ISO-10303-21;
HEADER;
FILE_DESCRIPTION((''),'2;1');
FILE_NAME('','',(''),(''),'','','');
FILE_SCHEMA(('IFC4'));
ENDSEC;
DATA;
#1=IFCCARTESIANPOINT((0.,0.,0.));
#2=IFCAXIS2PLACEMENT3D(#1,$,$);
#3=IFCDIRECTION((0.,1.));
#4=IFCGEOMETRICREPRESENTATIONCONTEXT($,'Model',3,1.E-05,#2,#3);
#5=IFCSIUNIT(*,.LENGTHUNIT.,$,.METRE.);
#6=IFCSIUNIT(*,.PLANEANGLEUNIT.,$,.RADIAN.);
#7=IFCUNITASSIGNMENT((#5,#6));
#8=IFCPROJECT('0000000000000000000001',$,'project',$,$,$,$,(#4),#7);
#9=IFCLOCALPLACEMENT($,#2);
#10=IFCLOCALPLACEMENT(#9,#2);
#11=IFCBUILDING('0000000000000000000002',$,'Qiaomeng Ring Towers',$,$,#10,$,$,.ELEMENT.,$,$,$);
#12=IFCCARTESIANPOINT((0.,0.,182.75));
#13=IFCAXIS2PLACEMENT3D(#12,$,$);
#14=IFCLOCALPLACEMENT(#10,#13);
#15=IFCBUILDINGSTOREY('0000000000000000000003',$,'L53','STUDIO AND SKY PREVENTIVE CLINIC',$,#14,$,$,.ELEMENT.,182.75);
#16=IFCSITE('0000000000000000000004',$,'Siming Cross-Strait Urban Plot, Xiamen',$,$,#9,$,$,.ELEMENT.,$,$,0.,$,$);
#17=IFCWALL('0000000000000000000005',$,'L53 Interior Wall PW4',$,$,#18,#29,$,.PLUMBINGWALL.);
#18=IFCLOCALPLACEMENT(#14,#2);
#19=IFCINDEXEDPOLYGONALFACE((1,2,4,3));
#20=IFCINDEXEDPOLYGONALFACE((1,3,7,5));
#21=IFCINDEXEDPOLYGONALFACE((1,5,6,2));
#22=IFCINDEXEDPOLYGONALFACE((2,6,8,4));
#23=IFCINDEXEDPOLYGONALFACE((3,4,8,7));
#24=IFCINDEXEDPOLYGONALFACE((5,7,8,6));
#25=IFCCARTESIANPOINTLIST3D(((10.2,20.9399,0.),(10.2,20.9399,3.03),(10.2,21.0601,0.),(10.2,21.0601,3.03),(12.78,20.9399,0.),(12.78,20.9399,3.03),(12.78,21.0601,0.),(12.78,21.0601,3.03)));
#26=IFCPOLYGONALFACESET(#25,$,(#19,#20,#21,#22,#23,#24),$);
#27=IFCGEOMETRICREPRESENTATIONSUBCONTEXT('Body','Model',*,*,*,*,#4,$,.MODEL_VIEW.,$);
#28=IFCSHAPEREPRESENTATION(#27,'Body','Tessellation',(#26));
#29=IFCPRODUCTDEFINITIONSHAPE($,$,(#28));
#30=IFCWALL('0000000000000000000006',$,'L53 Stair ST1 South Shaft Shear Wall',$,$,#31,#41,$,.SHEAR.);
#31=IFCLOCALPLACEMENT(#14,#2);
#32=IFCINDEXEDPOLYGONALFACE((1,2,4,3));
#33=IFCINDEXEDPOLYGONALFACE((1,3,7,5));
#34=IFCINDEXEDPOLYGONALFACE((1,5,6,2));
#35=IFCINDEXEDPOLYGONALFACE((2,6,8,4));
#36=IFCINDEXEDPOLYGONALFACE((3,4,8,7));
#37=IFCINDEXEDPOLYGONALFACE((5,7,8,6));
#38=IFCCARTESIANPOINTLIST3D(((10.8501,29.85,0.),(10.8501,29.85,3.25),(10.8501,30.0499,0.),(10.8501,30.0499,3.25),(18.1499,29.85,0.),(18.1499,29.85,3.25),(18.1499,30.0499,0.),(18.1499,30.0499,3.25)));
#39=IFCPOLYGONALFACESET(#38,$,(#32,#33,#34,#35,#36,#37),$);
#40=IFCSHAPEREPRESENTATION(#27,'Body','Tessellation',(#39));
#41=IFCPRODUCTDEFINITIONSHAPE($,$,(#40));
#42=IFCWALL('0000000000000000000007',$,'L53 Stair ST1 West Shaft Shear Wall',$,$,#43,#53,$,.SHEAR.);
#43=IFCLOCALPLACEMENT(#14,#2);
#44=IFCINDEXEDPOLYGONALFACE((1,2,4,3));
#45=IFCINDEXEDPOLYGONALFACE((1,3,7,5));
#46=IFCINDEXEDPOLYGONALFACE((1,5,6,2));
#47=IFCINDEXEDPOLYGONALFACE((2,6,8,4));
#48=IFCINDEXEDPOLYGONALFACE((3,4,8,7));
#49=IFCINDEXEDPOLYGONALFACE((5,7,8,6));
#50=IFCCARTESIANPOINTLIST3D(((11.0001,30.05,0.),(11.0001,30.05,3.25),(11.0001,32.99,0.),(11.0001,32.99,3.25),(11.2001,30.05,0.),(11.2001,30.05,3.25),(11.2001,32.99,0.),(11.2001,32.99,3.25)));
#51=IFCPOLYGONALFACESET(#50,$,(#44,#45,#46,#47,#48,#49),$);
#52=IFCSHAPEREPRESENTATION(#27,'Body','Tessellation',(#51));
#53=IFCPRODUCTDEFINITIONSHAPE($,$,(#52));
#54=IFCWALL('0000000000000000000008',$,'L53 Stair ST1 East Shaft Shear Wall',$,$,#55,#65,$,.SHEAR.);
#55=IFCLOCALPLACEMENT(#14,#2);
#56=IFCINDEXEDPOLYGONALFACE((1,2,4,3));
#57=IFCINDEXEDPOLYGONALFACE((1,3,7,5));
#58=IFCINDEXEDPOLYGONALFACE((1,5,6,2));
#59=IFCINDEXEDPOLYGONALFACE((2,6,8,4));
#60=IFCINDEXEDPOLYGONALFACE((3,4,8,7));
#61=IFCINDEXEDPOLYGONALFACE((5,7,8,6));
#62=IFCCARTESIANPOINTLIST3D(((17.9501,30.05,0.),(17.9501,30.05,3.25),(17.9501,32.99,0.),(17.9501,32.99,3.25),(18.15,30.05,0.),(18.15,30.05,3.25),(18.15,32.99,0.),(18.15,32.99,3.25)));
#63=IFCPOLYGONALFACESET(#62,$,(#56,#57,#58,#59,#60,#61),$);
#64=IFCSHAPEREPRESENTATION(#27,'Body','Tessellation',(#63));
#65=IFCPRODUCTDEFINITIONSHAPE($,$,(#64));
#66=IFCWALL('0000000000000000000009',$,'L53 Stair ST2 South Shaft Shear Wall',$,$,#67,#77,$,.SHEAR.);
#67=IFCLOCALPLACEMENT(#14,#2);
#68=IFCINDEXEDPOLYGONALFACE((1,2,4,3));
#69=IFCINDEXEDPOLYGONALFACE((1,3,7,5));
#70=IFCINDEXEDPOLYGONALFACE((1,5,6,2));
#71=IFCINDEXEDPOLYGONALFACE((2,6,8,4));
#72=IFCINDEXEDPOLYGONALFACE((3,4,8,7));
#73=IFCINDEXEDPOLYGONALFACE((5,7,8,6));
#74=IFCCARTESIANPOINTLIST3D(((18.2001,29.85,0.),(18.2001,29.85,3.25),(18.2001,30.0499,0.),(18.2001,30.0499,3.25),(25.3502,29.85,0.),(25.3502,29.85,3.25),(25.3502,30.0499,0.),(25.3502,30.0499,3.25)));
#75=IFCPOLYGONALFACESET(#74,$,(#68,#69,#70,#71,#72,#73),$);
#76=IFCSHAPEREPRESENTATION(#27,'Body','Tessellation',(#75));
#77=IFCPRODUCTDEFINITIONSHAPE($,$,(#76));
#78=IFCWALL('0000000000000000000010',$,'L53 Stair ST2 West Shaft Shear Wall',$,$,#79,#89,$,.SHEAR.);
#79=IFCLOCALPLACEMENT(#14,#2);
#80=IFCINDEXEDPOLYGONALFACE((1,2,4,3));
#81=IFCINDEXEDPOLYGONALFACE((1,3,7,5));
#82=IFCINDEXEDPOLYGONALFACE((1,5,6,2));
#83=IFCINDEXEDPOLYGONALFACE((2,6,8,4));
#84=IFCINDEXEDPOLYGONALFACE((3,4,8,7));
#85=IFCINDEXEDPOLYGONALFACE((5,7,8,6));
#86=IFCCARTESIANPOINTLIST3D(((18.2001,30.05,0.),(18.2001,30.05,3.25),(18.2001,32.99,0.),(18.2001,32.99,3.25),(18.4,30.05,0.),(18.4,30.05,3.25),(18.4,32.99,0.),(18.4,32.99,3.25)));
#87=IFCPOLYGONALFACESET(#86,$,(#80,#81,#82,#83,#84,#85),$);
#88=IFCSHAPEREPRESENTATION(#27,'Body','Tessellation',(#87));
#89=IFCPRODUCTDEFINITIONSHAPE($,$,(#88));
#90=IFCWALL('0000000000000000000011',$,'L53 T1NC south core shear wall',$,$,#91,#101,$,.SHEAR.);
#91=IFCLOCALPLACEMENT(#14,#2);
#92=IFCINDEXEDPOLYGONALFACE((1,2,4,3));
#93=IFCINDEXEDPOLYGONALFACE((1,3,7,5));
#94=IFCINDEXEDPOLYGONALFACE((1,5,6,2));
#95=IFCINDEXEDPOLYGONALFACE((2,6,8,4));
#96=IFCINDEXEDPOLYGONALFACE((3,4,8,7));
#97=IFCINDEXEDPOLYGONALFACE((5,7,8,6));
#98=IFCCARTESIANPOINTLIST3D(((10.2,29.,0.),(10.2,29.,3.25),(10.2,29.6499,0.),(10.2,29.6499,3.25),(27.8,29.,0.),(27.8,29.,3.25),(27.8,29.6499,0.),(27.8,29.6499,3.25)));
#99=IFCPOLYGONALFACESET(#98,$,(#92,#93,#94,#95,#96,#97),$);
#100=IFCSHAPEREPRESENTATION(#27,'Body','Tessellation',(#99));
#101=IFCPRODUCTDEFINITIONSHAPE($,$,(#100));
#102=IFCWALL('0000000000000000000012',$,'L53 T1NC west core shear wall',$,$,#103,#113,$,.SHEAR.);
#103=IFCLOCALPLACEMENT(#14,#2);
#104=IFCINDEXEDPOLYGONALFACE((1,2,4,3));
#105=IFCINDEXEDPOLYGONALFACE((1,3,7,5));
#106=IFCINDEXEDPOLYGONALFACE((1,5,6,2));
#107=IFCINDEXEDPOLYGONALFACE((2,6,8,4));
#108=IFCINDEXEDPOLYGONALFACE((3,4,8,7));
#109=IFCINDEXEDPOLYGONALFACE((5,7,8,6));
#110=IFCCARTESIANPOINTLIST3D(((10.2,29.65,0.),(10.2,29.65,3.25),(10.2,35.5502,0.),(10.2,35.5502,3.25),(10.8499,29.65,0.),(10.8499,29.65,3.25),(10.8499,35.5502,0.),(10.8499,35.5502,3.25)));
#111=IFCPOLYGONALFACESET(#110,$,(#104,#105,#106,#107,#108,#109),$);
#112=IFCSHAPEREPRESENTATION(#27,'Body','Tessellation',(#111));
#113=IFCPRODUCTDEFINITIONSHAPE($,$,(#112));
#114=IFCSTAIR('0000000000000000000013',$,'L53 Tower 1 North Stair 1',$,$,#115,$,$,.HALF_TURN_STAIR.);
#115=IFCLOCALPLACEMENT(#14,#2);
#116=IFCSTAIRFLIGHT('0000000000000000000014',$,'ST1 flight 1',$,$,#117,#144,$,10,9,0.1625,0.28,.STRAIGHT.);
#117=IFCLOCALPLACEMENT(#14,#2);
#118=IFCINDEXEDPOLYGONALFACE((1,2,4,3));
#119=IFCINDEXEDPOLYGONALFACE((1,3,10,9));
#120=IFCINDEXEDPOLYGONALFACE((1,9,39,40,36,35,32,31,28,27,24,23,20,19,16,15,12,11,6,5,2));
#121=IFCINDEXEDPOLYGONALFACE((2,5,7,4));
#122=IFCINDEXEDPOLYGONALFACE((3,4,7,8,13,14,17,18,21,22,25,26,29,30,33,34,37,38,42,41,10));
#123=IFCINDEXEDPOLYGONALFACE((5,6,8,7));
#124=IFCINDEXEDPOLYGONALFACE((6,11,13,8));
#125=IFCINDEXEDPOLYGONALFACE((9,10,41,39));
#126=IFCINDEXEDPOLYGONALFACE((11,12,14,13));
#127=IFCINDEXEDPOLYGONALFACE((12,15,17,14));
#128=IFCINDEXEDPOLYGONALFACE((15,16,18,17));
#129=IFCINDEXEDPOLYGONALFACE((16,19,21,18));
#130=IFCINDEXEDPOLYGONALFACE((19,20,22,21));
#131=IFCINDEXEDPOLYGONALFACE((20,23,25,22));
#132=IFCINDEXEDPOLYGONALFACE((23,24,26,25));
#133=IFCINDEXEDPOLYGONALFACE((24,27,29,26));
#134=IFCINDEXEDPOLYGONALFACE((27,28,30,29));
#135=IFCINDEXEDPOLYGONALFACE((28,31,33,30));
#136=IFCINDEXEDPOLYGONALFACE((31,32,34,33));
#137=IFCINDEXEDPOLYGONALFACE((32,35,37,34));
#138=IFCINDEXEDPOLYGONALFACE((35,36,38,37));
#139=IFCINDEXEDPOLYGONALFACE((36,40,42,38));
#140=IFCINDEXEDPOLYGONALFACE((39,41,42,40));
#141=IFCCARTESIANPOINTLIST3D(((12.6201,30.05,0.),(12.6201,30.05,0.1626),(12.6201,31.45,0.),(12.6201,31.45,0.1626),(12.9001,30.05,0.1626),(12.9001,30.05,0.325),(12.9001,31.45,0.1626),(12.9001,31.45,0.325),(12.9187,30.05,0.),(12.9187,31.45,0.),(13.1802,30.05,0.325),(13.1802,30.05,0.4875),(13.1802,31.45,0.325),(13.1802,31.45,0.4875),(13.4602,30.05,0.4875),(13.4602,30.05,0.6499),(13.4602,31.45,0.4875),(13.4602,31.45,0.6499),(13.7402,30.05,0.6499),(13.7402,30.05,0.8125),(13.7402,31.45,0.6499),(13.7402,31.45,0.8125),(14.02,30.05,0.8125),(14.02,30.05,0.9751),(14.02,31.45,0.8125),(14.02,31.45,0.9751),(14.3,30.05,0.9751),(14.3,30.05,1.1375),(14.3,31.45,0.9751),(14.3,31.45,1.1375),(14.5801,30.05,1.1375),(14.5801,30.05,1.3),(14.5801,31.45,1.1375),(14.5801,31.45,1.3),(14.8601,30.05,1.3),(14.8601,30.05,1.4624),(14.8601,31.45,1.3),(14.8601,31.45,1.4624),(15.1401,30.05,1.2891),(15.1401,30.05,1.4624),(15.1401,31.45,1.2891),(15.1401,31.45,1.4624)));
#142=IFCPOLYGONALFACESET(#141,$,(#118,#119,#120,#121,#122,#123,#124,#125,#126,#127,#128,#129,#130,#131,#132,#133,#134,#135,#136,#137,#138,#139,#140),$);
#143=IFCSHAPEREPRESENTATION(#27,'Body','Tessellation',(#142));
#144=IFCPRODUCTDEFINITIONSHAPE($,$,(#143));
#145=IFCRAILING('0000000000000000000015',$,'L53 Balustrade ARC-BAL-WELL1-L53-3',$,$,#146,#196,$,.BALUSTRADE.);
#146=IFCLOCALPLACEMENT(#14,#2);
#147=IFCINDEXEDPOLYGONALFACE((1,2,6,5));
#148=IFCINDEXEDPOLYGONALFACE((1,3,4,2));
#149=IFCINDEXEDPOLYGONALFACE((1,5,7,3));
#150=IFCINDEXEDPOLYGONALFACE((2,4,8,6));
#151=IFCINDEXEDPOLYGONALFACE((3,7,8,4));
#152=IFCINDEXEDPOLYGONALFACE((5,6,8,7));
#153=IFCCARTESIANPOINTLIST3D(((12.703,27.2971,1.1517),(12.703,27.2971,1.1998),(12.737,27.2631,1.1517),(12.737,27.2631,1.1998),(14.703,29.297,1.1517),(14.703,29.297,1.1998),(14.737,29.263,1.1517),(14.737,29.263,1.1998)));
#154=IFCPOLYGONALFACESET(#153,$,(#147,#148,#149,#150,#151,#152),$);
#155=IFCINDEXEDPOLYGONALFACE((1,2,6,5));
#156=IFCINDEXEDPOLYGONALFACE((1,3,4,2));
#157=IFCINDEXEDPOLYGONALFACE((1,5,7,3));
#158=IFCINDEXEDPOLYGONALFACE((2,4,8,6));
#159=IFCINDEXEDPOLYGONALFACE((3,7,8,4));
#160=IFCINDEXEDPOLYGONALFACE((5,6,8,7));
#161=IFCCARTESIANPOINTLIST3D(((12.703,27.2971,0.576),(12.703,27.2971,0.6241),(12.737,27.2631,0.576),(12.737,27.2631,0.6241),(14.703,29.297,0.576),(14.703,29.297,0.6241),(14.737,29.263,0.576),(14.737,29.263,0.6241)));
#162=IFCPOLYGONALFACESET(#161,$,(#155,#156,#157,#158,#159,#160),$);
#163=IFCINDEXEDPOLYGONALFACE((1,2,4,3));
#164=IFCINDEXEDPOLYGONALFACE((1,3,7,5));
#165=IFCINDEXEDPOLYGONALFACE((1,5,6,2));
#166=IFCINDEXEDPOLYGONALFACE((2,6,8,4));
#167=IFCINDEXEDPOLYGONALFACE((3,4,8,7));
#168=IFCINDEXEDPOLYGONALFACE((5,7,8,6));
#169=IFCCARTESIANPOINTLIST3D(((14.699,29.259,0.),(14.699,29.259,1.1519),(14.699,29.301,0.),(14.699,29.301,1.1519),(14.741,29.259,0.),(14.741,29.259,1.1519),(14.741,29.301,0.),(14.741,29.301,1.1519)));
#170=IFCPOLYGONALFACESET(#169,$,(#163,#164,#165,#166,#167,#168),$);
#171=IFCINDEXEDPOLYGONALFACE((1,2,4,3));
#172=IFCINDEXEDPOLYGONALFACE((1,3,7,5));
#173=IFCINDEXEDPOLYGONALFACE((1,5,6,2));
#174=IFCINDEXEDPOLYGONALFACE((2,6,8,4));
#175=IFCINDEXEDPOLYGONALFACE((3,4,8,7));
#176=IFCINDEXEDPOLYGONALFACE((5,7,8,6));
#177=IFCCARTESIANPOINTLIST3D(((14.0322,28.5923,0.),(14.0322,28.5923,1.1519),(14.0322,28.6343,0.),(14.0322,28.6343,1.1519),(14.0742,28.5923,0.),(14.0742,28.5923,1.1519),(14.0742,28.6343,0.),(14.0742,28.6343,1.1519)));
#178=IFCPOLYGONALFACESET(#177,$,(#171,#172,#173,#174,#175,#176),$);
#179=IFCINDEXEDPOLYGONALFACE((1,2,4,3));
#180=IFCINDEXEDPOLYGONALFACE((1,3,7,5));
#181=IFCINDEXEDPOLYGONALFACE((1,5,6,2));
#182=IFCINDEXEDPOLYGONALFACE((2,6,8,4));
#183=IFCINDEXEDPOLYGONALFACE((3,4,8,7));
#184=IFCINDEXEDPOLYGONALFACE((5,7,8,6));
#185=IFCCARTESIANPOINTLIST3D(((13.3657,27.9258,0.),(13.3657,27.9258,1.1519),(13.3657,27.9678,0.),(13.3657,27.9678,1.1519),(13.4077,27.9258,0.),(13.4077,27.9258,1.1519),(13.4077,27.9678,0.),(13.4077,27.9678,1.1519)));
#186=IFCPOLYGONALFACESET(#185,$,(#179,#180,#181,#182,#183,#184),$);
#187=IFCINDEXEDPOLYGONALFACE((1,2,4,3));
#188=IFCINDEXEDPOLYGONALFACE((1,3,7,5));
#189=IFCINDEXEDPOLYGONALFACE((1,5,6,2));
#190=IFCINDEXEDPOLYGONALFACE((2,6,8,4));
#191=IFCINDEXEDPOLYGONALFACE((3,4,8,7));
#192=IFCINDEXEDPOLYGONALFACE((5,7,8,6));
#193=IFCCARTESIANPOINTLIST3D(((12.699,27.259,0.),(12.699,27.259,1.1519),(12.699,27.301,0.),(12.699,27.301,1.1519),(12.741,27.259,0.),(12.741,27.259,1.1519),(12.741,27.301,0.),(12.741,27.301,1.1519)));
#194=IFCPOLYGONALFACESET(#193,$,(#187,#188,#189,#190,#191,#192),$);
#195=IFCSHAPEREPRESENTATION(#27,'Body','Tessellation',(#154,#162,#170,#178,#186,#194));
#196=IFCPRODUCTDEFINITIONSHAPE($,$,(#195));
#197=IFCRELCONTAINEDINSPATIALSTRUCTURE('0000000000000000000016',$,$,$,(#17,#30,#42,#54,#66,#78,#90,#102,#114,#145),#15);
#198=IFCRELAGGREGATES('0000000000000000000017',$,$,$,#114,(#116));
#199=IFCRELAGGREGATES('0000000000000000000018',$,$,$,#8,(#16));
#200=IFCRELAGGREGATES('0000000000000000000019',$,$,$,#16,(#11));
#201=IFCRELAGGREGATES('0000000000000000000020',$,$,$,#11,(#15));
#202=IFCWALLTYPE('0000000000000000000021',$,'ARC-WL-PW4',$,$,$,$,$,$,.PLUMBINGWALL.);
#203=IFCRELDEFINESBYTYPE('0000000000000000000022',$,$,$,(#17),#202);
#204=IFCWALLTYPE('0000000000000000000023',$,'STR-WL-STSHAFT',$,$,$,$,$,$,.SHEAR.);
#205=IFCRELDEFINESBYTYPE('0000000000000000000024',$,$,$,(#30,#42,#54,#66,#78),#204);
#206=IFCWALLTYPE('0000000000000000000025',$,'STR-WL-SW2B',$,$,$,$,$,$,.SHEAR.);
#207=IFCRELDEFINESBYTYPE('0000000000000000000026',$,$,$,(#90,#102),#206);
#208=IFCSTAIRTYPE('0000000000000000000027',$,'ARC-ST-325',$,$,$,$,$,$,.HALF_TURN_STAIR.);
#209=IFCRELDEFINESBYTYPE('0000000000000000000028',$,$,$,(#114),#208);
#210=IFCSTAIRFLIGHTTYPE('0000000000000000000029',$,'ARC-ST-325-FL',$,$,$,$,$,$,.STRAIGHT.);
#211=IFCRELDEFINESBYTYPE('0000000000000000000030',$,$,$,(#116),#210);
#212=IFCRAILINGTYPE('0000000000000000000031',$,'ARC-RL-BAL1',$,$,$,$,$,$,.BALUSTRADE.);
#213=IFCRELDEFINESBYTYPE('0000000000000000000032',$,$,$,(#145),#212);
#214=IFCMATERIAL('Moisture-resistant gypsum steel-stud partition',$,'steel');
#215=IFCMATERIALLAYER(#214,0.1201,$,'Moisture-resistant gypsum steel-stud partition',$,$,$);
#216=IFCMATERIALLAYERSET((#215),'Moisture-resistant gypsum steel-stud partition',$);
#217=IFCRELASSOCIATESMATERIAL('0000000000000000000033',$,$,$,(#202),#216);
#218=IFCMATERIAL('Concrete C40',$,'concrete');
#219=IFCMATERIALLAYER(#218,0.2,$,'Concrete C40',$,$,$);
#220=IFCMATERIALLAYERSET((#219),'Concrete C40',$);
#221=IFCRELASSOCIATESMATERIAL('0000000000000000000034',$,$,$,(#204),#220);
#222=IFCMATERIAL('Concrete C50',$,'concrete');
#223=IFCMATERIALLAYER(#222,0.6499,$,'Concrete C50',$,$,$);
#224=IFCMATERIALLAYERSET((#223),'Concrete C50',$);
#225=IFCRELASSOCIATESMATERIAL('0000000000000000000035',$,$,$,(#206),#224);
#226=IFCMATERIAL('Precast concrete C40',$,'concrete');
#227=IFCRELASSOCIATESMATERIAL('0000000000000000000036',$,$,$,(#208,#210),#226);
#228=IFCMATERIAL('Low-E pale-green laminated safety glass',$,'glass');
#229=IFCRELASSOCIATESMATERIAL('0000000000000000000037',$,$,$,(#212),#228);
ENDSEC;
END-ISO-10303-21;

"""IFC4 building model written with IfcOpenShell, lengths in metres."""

from ifc_helpers import new_model, si_unit, direction, frame, frame_2d, origin, origin_2d, place, context, subcontext, project, spatial, polyline, rectangle, outline, extrude, source, transform, mapped, material, layer, layer_set, type_object, element, aggregate, save


model = new_model("IFC4")

# Units and contexts
model_context = context("Model", 3, precision=1e-05, world=origin(), true_north=direction((0.0, 1.0)))
body_context = subcontext(model_context, "Body", "Model", "MODEL_VIEW")
ifc_project = project(units=[si_unit("LENGTHUNIT", "METRE"), si_unit("PLANEANGLEUNIT", "RADIAN")], contexts=[model_context])

# Site, building, storey
site_placement = place(None, origin())
site = spatial("IfcSite", under=ifc_project, at=site_placement, Name="Siming Cross-Strait Urban Plot, Xiamen", CompositionType="ELEMENT", RefElevation=0.0)
building_placement = place(site_placement, origin())
building = spatial("IfcBuilding", under=site, at=building_placement, Name="Qiaomeng Ring Towers", CompositionType="ELEMENT")
storey_placement = place(building_placement, frame((0.0, 0.0, 182.75)))
storey = spatial("IfcBuildingStorey", under=building, at=storey_placement, Name="L53", Description="STUDIO AND SKY PREVENTIVE CLINIC", CompositionType="ELEMENT", Elevation=182.75)

# Shared definitions
ifc_material_1 = material(Name="Concrete C50", Category="concrete")

# Walls
ifc_material_2 = material(Name="Moisture-resistant gypsum steel-stud partition", Category="steel")
ifc_layer_1 = layer(ifc_material_2, 0.1201, Name="Moisture-resistant gypsum steel-stud partition")
ifc_layer_set_1 = layer_set([ifc_layer_1], Name="Moisture-resistant gypsum steel-stud partition")
wall_type_1 = type_object("IfcWallType", Name="ARC-WL-PW4", PredefinedType="PLUMBINGWALL", material=ifc_layer_set_1)
wall_1_placement = place(storey_placement, frame((10.2, 21.0, 0.0), z_axis=(0.0, 0.0, 1.0), x_axis=(1.0, 0.0, 0.0)))
element("IfcWall", 1, at=wall_1_placement, inside=storey, type_object=wall_type_1, Name="L53 Interior Wall PW4", PredefinedType="PLUMBINGWALL", context=body_context, shape_type="SweptSolid", body=[
    extrude(rectangle(XDim=2.5801, YDim=0.1201, at=frame_2d((1.29, 0.0))), origin(), (0.0, 0.0, 1.0), 3.03),
])
ifc_material_3 = material(Name="Concrete C40", Category="concrete")
ifc_layer_2 = layer(ifc_material_3, 0.2, Name="Concrete C40")
ifc_layer_set_2 = layer_set([ifc_layer_2], Name="Concrete C40")
wall_type_2 = type_object("IfcWallType", Name="STR-WL-STSHAFT", PredefinedType="SHEAR", material=ifc_layer_set_2)
wall_2_placement = place(storey_placement, frame((10.8501, 29.95, 0.0), z_axis=(0.0, 0.0, 1.0), x_axis=(1.0, 0.0, 0.0)))
element("IfcWall", 2, at=wall_2_placement, inside=storey, type_object=wall_type_2, Name="L53 Stair ST1 South Shaft Shear Wall", PredefinedType="SHEAR", context=body_context, shape_type="SweptSolid", body=[
    extrude(rectangle(XDim=7.2998, YDim=0.2, at=frame_2d((3.6499, 0.0))), origin(), (0.0, 0.0, 1.0), 3.25),
])
for number, where, z_axis, x_axis, name in (
    (3, (11.1001, 30.05, 0.0), (0.0, 0.0, 1.0), (0.0, 1.0, 0.0), "L53 Stair ST1 West Shaft Shear Wall"),
    (4, (18.05, 30.05, 0.0), (0.0, 0.0, 1.0), (0.0, 1.0, 0.0), "L53 Stair ST1 East Shaft Shear Wall"),
):
    element("IfcWall", number, at=place(storey_placement, frame(where, z_axis=z_axis, x_axis=x_axis)), inside=storey, type_object=wall_type_2, Name=name, PredefinedType="SHEAR", context=body_context, shape_type="SweptSolid", body=[
        extrude(rectangle(XDim=2.9399, YDim=0.2, at=frame_2d((1.47, 0.0))), origin(), (0.0, 0.0, 1.0), 3.25),
    ])
wall_3_placement = place(storey_placement, frame((18.2, 29.95, 0.0), z_axis=(0.0, 0.0, 1.0), x_axis=(1.0, 0.0, 0.0)))
element("IfcWall", 5, at=wall_3_placement, inside=storey, type_object=wall_type_2, Name="L53 Stair ST2 South Shaft Shear Wall", PredefinedType="SHEAR", context=body_context, shape_type="SweptSolid", body=[
    extrude(rectangle(XDim=7.1501, YDim=0.2, at=frame_2d((3.5752, 0.0))), origin(), (0.0, 0.0, 1.0), 3.25),
])
wall_4_placement = place(storey_placement, frame((18.3, 30.05, 0.0), z_axis=(0.0, 0.0, 1.0), x_axis=(0.0, 1.0, 0.0)))
element("IfcWall", 6, at=wall_4_placement, inside=storey, type_object=wall_type_2, Name="L53 Stair ST2 West Shaft Shear Wall", PredefinedType="SHEAR", context=body_context, shape_type="SweptSolid", body=[
    extrude(rectangle(XDim=2.9399, YDim=0.2, at=frame_2d((1.47, 0.0))), origin(), (0.0, 0.0, 1.0), 3.25),
])
ifc_layer_3 = layer(ifc_material_1, 0.6499, Name="Concrete C50")
ifc_layer_set_3 = layer_set([ifc_layer_3], Name="Concrete C50")
wall_type_3 = type_object("IfcWallType", Name="STR-WL-SW2B", PredefinedType="SHEAR", material=ifc_layer_set_3)
wall_5_placement = place(storey_placement, frame((10.2, 29.325, 0.0), z_axis=(0.0, 0.0, 1.0), x_axis=(1.0, 0.0, 0.0)))
element("IfcWall", 7, at=wall_5_placement, inside=storey, type_object=wall_type_3, Name="L53 T1NC south core shear wall", PredefinedType="SHEAR", context=body_context, shape_type="SweptSolid", body=[
    extrude(rectangle(XDim=17.6001, YDim=0.6499, at=frame_2d((8.8, 0.0))), origin(), (0.0, 0.0, 1.0), 3.25),
])
wall_6_placement = place(storey_placement, frame((10.5249, 29.6499, 0.0), z_axis=(0.0, 0.0, 1.0), x_axis=(0.0, 1.0, 0.0)))
element("IfcWall", 8, at=wall_6_placement, inside=storey, type_object=wall_type_3, Name="L53 T1NC west core shear wall", PredefinedType="SHEAR", context=body_context, shape_type="SweptSolid", body=[
    extrude(rectangle(XDim=5.9001, YDim=0.6499, at=frame_2d((2.9502, 0.0))), origin(), (0.0, 0.0, 1.0), 3.25),
])

# Stair, stair flight
ifc_material_4 = material(Name="Precast concrete C40", Category="concrete")
stair_type = type_object("IfcStairType", Name="ARC-ST-325", PredefinedType="HALF_TURN_STAIR", material=ifc_material_4)
stair_placement = place(storey_placement, origin())
stair = element("IfcStair", 9, at=stair_placement, inside=storey, type_object=stair_type, Name="L53 Tower 1 North Stair 1", PredefinedType="HALF_TURN_STAIR")
stair_flight_type = type_object("IfcStairFlightType", Name="ARC-ST-325-FL", PredefinedType="STRAIGHT", material=ifc_material_4)
shared_shape_1 = source(origin(), body_context, "Body", "SweptSolid", [
    extrude(outline(polyline([(0.0, 0.0), (0.0, 0.1626), (0.28, 0.1626), (0.28, 0.325), (0.5601, 0.325), (0.5601, 0.4875), (0.8401, 0.4875), (0.8401, 0.6499), (1.1201, 0.6499), (1.1201, 0.8125), (1.3999, 0.8125), (1.3999, 0.9751), (1.6799, 0.9751), (1.6799, 1.1375), (1.96, 1.1375), (1.96, 1.3), (2.24, 1.3), (2.24, 1.4624), (2.52, 1.4624), (2.52, 1.625), (2.52, 1.2891), (0.2986, 0.0), (0.0, 0.0)])), frame((0.0, 0.7, 0.0), z_axis=(0.0, -1.0, 0.0), x_axis=(1.0, 0.0, 0.0)), (0.0, 0.0, 1.0), 1.3999),
])
stair_flight_placement = place(storey_placement, frame((12.6201, 30.75, 0.0), z_axis=(0.0, 0.0, 1.0), x_axis=(1.0, 0.0, 0.0)))
stair_flight = element("IfcStairFlight", 10, at=stair_flight_placement, type_object=stair_flight_type, Name="ST1 flight 1", NumberOfRisers=10, NumberOfTreads=9, PredefinedType="STRAIGHT", RiserHeight=0.1625, TreadLength=0.28, context=body_context, shape_type="MappedRepresentation", body=[
    mapped(shared_shape_1, transform((0.0, 0.0, 0.0), x_axis=(1.0, 0.0, 0.0), y_axis=(0.0, 1.0, 0.0), z_axis=(0.0, 0.0, 1.0), scale=1.0)),
])
aggregate(stair, [stair_flight])

# Railing
ifc_material_5 = material(Name="Low-E pale-green laminated safety glass", Category="glass")
railing_type_1 = type_object("IfcRailingType", Name="ARC-RL-BAL1", PredefinedType="BALUSTRADE", material=ifc_material_5)
railing_1_placement = place(storey_placement, frame((14.72, 29.28, 0.0)))
element("IfcRailing", 11, at=railing_1_placement, inside=storey, type_object=railing_type_1, Name="L53 Balustrade ARC-BAL-WELL1-L53-3", PredefinedType="BALUSTRADE", context=body_context, shape_type="SweptSolid", body=[
    extrude(rectangle(XDim=0.0481, YDim=0.0481, at=origin_2d()), frame((0.0, 0.0, 1.1758), z_axis=(-0.707107, -0.707107, 0.0), x_axis=(0.707107, -0.707107, 0.0)), (0.0, 0.0, 1.0), 2.8284),
    extrude(rectangle(XDim=0.0481, YDim=0.0481, at=origin_2d()), frame((0.0, 0.0, 0.6001), z_axis=(-0.707107, -0.707107, 0.0), x_axis=(0.707107, -0.707107, 0.0)), (0.0, 0.0, 1.0), 2.8284),
    extrude(rectangle(XDim=0.042, YDim=0.042, at=origin_2d()), origin(), (0.0, 0.0, 1.0), 1.1519),
    extrude(rectangle(XDim=0.042, YDim=0.042, at=origin_2d()), frame((-0.6667, -0.6667, 0.0)), (0.0, 0.0, 1.0), 1.1519),
    extrude(rectangle(XDim=0.042, YDim=0.042, at=origin_2d()), frame((-1.3333, -1.3333, 0.0)), (0.0, 0.0, 1.0), 1.1519),
    extrude(rectangle(XDim=0.042, YDim=0.042, at=origin_2d()), frame((-2.0, -2.0, 0.0)), (0.0, 0.0, 1.0), 1.1519),
])

save(model, "model.ifc")
